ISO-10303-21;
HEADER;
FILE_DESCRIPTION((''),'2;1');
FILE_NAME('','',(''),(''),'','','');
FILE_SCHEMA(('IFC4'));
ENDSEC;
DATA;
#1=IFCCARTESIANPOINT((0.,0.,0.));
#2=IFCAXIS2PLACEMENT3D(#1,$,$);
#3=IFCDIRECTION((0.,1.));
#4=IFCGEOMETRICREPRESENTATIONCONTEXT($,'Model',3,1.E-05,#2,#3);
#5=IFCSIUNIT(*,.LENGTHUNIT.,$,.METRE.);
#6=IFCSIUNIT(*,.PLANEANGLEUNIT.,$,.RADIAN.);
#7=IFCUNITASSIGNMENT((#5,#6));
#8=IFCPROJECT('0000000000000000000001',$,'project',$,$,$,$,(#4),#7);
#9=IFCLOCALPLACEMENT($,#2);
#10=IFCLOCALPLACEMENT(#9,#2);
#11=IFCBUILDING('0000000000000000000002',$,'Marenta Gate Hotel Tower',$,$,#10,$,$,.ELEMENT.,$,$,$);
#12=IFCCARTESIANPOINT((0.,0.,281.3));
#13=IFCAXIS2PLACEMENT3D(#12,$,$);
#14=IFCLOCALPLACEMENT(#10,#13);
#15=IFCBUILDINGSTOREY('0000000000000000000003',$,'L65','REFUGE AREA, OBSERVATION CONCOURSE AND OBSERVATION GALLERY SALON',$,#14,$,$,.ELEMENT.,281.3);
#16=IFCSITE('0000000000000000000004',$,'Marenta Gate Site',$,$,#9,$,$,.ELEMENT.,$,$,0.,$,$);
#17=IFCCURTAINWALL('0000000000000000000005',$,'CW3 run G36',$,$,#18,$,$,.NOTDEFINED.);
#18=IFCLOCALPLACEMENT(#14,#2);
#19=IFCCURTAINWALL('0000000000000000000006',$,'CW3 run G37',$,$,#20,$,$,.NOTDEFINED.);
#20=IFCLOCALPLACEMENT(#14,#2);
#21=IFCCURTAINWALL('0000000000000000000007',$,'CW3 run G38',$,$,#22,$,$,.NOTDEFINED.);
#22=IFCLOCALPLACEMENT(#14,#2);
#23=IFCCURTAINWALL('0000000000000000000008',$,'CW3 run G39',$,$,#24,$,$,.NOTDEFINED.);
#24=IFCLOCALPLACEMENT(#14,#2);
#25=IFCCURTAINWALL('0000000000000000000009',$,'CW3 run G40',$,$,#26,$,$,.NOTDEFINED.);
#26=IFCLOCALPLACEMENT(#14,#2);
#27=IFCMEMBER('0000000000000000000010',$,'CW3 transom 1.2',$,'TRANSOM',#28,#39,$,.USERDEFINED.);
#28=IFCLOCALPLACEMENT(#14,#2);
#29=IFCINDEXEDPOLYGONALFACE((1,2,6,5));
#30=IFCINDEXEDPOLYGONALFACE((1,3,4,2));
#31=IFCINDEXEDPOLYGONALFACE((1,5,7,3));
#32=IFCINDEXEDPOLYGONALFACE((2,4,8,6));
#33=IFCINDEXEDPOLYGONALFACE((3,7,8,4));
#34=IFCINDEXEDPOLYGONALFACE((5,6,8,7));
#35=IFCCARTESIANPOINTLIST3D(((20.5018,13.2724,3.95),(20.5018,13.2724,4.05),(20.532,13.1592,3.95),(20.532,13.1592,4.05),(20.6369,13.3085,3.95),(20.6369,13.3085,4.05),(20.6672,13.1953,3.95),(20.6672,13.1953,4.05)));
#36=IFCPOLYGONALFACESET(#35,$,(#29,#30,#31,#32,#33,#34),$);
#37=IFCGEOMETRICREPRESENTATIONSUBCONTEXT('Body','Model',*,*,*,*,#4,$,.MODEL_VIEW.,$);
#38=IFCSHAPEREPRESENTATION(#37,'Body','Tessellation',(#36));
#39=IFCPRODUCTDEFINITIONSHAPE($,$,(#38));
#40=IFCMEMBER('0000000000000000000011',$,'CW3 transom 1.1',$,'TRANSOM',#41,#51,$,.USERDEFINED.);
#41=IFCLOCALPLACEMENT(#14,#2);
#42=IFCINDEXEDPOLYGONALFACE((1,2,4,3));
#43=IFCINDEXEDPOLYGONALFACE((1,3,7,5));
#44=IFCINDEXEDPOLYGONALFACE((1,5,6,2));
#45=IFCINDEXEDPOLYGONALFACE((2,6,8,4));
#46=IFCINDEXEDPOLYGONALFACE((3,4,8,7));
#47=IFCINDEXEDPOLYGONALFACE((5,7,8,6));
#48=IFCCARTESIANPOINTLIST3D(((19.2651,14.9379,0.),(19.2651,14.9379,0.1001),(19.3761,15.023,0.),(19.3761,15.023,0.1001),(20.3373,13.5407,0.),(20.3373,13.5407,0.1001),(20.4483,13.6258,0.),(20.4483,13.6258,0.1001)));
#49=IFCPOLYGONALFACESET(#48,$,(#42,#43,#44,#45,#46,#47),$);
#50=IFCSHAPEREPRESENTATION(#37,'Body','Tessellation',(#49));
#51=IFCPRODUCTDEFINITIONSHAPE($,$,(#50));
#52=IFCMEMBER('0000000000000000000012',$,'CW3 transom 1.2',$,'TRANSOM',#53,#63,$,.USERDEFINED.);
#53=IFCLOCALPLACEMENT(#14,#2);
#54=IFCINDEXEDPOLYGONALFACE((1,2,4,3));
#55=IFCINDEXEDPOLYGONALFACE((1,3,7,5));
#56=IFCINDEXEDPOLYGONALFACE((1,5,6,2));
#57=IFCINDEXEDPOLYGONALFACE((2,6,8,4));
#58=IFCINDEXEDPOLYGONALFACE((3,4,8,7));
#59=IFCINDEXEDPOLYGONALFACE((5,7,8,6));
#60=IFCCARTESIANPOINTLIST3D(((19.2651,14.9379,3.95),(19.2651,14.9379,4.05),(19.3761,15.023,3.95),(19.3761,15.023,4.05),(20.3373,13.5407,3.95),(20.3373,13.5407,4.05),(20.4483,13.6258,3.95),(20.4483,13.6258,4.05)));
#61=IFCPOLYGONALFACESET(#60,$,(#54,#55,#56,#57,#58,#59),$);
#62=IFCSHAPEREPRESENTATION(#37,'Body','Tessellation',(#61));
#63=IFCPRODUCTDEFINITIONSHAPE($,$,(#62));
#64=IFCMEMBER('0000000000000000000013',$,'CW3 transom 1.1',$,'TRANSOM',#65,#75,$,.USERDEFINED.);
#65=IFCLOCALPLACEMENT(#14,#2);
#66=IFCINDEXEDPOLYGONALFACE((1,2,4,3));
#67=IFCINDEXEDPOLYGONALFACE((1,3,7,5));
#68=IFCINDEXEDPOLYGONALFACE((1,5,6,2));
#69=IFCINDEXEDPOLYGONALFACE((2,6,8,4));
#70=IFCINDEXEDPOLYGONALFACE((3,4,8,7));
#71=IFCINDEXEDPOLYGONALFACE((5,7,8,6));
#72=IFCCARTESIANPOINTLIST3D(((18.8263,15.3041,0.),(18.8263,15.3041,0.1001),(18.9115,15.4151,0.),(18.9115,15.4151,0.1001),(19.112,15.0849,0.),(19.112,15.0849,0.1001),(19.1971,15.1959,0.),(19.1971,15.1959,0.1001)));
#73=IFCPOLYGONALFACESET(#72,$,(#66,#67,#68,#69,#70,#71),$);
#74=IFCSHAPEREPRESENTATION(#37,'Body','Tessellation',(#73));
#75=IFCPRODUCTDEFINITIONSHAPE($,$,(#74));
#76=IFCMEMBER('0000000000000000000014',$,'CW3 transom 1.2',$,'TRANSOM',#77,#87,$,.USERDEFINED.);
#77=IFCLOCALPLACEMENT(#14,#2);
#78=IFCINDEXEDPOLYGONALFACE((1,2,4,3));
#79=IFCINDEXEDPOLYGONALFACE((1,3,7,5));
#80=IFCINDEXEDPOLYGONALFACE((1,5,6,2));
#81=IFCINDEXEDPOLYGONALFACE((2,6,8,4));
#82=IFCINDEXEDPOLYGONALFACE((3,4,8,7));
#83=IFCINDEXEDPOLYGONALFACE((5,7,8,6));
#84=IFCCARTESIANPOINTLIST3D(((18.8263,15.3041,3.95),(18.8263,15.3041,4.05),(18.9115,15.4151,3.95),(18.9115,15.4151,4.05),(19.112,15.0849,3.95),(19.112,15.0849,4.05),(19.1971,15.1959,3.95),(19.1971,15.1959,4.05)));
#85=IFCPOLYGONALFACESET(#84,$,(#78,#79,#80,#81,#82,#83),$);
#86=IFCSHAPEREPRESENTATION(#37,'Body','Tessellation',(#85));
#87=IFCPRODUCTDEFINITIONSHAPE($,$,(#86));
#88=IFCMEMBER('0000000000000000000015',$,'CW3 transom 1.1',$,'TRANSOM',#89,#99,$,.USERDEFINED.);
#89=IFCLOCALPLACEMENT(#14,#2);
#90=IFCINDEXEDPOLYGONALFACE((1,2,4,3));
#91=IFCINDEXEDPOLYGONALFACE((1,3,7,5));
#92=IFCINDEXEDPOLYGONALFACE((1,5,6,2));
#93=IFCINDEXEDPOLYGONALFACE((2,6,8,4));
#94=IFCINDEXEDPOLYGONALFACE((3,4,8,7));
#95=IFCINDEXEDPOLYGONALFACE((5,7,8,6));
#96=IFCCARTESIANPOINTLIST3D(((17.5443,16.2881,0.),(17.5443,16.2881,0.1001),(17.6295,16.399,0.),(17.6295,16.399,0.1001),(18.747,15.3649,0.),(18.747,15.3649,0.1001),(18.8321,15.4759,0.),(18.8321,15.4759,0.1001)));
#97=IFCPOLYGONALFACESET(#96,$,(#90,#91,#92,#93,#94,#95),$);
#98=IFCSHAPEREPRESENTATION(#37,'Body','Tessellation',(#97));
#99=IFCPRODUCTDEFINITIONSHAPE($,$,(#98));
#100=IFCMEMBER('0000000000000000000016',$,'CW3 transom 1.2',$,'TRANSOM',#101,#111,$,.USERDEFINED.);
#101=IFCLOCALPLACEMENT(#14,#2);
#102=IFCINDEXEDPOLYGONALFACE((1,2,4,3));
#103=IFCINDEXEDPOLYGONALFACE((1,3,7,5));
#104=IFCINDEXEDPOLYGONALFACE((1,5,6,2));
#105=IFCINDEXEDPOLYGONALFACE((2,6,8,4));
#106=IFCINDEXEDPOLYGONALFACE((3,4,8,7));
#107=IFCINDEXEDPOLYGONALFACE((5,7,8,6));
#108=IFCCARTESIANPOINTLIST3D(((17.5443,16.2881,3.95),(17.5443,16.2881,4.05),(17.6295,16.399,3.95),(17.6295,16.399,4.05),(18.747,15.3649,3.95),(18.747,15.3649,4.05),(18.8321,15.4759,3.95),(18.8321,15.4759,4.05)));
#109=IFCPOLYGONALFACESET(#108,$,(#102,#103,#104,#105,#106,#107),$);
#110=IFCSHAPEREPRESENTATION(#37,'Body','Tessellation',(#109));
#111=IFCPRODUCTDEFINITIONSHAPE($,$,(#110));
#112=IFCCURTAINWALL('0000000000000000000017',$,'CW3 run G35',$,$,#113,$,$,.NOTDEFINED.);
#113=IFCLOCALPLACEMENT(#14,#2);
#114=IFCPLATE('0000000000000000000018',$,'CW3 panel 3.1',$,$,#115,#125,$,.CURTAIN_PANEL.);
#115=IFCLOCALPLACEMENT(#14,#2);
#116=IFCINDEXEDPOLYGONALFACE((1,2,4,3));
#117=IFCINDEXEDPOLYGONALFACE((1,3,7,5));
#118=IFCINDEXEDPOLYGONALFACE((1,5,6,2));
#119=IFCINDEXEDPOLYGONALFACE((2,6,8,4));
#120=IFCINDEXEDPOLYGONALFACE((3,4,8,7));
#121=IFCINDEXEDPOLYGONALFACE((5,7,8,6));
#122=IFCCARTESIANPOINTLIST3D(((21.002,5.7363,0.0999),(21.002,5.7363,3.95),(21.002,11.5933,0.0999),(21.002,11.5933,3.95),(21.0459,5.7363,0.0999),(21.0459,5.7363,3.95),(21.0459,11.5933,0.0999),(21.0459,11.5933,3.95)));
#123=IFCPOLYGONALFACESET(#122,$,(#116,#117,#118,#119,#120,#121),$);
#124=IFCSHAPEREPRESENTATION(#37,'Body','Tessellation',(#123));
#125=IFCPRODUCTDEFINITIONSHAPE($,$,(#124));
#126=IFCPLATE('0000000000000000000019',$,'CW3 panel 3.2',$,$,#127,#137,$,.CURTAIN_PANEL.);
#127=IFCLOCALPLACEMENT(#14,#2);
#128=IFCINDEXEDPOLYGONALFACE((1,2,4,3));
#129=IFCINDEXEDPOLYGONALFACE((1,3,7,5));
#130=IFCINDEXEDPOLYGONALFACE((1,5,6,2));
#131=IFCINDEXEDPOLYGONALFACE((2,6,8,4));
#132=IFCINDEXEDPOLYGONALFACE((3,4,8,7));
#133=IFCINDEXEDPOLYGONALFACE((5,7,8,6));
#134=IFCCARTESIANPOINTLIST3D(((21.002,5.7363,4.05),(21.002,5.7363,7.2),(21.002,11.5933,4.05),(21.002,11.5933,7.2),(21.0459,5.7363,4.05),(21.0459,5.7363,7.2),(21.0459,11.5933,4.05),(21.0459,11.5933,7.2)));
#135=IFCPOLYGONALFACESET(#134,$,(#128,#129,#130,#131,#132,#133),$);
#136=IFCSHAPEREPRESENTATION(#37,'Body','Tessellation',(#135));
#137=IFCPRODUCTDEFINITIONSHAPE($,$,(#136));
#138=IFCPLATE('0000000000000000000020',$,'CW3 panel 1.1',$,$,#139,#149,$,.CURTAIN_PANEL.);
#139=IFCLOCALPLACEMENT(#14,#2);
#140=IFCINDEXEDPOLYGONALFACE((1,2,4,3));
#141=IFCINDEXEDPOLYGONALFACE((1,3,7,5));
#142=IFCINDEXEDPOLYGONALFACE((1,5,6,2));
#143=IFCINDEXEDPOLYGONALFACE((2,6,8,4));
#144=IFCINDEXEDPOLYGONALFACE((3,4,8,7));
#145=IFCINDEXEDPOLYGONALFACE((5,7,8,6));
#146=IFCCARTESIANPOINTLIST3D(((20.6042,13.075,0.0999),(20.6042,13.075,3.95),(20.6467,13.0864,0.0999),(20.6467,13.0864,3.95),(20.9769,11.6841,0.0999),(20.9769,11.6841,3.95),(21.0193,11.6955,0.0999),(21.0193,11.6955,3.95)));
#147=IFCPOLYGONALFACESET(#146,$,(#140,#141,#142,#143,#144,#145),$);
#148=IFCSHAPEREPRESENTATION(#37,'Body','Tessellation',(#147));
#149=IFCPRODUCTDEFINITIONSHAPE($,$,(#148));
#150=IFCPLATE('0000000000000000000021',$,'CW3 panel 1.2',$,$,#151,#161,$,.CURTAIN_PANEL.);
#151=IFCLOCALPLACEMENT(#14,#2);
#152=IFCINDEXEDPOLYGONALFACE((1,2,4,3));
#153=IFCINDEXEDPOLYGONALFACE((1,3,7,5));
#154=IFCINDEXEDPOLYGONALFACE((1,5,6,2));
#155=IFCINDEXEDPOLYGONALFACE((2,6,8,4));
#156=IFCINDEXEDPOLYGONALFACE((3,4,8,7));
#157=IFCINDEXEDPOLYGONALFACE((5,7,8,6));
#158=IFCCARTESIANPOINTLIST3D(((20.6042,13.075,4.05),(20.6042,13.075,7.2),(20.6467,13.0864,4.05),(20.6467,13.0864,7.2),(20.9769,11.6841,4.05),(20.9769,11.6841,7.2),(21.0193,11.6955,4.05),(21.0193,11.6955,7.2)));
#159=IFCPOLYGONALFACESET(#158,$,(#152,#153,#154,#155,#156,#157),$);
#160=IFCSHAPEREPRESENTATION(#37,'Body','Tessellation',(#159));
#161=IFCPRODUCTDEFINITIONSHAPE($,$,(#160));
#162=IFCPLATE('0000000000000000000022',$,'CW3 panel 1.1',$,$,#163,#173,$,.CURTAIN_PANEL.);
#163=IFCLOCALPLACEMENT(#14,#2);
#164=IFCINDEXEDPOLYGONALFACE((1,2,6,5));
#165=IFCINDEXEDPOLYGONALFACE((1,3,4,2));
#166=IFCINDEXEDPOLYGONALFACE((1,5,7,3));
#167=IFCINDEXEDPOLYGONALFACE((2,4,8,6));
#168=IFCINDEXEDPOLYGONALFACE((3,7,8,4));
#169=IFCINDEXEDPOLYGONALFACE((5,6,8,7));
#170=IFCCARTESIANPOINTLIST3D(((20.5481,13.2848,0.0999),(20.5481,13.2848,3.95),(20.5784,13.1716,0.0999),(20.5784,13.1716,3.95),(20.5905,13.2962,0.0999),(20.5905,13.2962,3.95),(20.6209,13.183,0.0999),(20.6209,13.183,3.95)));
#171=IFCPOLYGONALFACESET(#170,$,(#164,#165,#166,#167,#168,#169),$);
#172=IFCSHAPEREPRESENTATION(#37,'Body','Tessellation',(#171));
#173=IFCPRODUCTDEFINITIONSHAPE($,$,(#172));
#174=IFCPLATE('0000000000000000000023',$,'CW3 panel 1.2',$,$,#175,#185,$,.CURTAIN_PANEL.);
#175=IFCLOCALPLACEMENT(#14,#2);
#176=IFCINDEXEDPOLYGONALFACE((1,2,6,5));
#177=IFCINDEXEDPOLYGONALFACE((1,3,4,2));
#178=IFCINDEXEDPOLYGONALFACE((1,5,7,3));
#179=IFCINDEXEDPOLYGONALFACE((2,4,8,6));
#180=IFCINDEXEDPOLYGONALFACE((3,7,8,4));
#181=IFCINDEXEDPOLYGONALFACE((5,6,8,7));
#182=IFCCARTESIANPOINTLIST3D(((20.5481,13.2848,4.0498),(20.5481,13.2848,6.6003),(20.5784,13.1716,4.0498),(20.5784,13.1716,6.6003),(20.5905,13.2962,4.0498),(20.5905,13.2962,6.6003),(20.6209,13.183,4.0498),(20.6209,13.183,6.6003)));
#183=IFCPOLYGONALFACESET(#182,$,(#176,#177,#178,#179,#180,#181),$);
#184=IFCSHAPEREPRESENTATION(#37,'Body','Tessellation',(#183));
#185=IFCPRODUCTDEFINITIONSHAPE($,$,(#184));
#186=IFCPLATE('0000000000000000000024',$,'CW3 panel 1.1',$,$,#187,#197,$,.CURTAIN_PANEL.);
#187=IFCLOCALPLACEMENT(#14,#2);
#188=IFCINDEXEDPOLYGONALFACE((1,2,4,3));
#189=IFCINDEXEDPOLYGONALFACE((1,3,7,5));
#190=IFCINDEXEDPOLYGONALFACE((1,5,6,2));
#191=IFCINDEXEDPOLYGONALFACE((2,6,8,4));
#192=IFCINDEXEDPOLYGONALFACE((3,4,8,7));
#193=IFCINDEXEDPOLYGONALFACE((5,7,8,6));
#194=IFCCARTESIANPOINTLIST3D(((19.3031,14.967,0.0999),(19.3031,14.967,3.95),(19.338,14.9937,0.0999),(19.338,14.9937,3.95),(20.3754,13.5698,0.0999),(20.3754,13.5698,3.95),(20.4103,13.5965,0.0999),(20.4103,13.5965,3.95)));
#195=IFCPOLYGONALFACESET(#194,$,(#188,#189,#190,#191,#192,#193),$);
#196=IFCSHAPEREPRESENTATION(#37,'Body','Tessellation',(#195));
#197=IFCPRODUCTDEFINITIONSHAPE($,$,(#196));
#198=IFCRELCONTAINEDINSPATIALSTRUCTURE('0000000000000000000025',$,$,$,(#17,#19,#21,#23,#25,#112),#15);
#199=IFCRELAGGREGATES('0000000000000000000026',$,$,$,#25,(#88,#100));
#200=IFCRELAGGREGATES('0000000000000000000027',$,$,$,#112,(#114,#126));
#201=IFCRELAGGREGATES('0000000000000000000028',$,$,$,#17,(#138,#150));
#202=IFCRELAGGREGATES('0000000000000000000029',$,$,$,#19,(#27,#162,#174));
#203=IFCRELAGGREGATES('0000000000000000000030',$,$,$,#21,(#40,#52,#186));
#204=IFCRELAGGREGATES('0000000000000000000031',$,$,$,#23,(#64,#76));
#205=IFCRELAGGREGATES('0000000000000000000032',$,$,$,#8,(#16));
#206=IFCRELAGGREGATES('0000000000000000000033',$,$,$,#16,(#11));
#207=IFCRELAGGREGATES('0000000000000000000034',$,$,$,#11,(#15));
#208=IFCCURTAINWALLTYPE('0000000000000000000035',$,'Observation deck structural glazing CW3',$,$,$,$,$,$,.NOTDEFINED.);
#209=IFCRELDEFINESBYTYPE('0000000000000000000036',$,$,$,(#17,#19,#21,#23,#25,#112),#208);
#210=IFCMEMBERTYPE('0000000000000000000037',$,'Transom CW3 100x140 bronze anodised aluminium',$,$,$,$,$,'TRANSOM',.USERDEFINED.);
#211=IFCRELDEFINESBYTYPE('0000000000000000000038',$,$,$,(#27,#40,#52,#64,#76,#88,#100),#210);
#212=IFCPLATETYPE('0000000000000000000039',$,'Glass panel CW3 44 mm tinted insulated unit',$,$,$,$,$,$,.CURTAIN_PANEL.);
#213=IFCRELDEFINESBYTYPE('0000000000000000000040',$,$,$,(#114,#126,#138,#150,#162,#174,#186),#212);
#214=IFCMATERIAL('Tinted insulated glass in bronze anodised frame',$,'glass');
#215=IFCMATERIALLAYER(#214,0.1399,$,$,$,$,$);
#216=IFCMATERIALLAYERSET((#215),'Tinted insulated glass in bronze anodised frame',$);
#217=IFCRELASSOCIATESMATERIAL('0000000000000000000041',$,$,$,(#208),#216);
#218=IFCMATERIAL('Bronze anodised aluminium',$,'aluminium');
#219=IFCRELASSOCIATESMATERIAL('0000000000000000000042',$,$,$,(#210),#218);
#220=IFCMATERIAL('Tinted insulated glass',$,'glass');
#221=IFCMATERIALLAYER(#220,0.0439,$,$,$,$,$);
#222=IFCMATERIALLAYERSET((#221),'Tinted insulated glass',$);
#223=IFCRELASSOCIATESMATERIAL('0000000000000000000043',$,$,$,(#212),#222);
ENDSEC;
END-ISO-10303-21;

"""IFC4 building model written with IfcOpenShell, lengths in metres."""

from ifc_helpers import new_model, si_unit, direction, frame, origin, origin_2d, place, context, subcontext, project, spatial, rectangle, extrude, material, layer, layer_set, material_profile, profile_set, type_object, element, aggregate, save


model = new_model("IFC4")

# Units and contexts
model_context = context("Model", 3, precision=1e-05, world=origin(), true_north=direction((0.0, 1.0)))
body_context = subcontext(model_context, "Body", "Model", "MODEL_VIEW")
ifc_project = project(units=[si_unit("LENGTHUNIT", "METRE"), si_unit("PLANEANGLEUNIT", "RADIAN")], contexts=[model_context])

# Site, building, storey
site_placement = place(None, origin())
site = spatial("IfcSite", under=ifc_project, at=site_placement, Name="Marenta Gate Site", CompositionType="ELEMENT", RefElevation=0.0)
building_placement = place(site_placement, origin())
building = spatial("IfcBuilding", under=site, at=building_placement, Name="Marenta Gate Hotel Tower", CompositionType="ELEMENT")
storey_placement = place(building_placement, frame((0.0, 0.0, 281.3)))
storey = spatial("IfcBuildingStorey", under=building, at=storey_placement, Name="L65", Description="REFUGE AREA, OBSERVATION CONCOURSE AND OBSERVATION GALLERY SALON", CompositionType="ELEMENT", Elevation=281.3)

# Curtain wall
ifc_material_1 = material(Name="Tinted insulated glass in bronze anodised frame", Category="glass")
ifc_layer_1 = layer(ifc_material_1, 0.1399)
ifc_layer_set_1 = layer_set([ifc_layer_1], Name="Tinted insulated glass in bronze anodised frame")
curtain_wall_type = type_object("IfcCurtainWallType", Name="Observation deck structural glazing CW3", PredefinedType="NOTDEFINED", material=ifc_layer_set_1)
curtain_wall_1_placement = place(storey_placement, origin())
curtain_wall_1 = element("IfcCurtainWall", 1, at=curtain_wall_1_placement, inside=storey, type_object=curtain_wall_type, Name="CW3 run G36", PredefinedType="NOTDEFINED")

# Curtain walls
curtain_wall_2_placement = place(storey_placement, origin())
curtain_wall_2 = element("IfcCurtainWall", 2, at=curtain_wall_2_placement, inside=storey, type_object=curtain_wall_type, Name="CW3 run G37", PredefinedType="NOTDEFINED")
curtain_wall_3_placement = place(storey_placement, origin())
curtain_wall_3 = element("IfcCurtainWall", 3, at=curtain_wall_3_placement, inside=storey, type_object=curtain_wall_type, Name="CW3 run G38", PredefinedType="NOTDEFINED")

# Curtain walls
curtain_wall_4_placement = place(storey_placement, origin())
curtain_wall_4 = element("IfcCurtainWall", 4, at=curtain_wall_4_placement, inside=storey, type_object=curtain_wall_type, Name="CW3 run G39", PredefinedType="NOTDEFINED")
curtain_wall_5_placement = place(storey_placement, origin())
curtain_wall_5 = element("IfcCurtainWall", 5, at=curtain_wall_5_placement, inside=storey, type_object=curtain_wall_type, Name="CW3 run G40", PredefinedType="NOTDEFINED")

# Members
ifc_material_2 = material(Name="Bronze anodised aluminium", Category="aluminium")
ifc_material_profile_1 = material_profile(ifc_material_2, rectangle(XDim=0.1399, YDim=0.1001, at=origin_2d()), Name="Transom CW3 100x140 bronze anodised aluminium")
ifc_profile_set_1 = profile_set([ifc_material_profile_1], Name="Bronze anodised aluminium")
member_type_1 = type_object("IfcMemberType", Name="Transom CW3 100x140 bronze anodised aluminium", ElementType="TRANSOM", PredefinedType="USERDEFINED", material=ifc_profile_set_1)
member_1_placement = place(storey_placement, frame((20.5996, 13.1772, 4.0), z_axis=(-0.258181, 0.966097, 0.0), x_axis=(-0.966097, -0.258181, 0.0)))
member_1 = element("IfcMember", 6, at=member_1_placement, type_object=member_type_1, Name="CW3 transom 1.2", ObjectType="TRANSOM", PredefinedType="USERDEFINED", context=body_context, shape_type="SweptSolid", body=[
    extrude(rectangle(XDim=0.1399, YDim=0.1001, at=origin_2d()), origin(), (0.0, 0.0, 1.0), 0.1172),
])
member_2_placement = place(storey_placement, frame((20.3928, 13.5833, 0.05), z_axis=(-0.608813, 0.793314, 0.0), x_axis=(-0.793314, -0.608813, 0.0)))
member_2 = element("IfcMember", 7, at=member_2_placement, type_object=member_type_1, Name="CW3 transom 1.1", ObjectType="TRANSOM", PredefinedType="USERDEFINED", context=body_context, shape_type="SweptSolid", body=[
    extrude(rectangle(XDim=0.1399, YDim=0.1001, at=origin_2d()), origin(), (0.0, 0.0, 1.0), 1.7612),
])
member_3_placement = place(storey_placement, frame((20.3928, 13.5833, 4.0), z_axis=(-0.608813, 0.793314, 0.0), x_axis=(-0.793314, -0.608813, 0.0)))
member_3 = element("IfcMember", 8, at=member_3_placement, type_object=member_type_1, Name="CW3 transom 1.2", ObjectType="TRANSOM", PredefinedType="USERDEFINED", context=body_context, shape_type="SweptSolid", body=[
    extrude(rectangle(XDim=0.1399, YDim=0.1001, at=origin_2d()), origin(), (0.0, 0.0, 1.0), 1.7612),
])
member_4_placement = place(storey_placement, frame((19.1545, 15.1404, 0.05), z_axis=(-0.793279, 0.608858, 0.0), x_axis=(-0.608858, -0.793279, 0.0)))
member_4 = element("IfcMember", 9, at=member_4_placement, type_object=member_type_1, Name="CW3 transom 1.1", ObjectType="TRANSOM", PredefinedType="USERDEFINED", context=body_context, shape_type="SweptSolid", body=[
    extrude(rectangle(XDim=0.1399, YDim=0.1001, at=origin_2d()), origin(), (0.0, 0.0, 1.0), 0.3601),
])
member_5_placement = place(storey_placement, frame((19.1545, 15.1404, 4.0), z_axis=(-0.793279, 0.608858, 0.0), x_axis=(-0.608858, -0.793279, 0.0)))
member_5 = element("IfcMember", 10, at=member_5_placement, type_object=member_type_1, Name="CW3 transom 1.2", ObjectType="TRANSOM", PredefinedType="USERDEFINED", context=body_context, shape_type="SweptSolid", body=[
    extrude(rectangle(XDim=0.1399, YDim=0.1001, at=origin_2d()), origin(), (0.0, 0.0, 1.0), 0.3601),
])
member_6_placement = place(storey_placement, frame((18.7896, 15.4204, 0.05), z_axis=(-0.793264, 0.608878, 0.0), x_axis=(-0.608878, -0.793264, 0.0)))
member_6 = element("IfcMember", 11, at=member_6_placement, type_object=member_type_1, Name="CW3 transom 1.1", ObjectType="TRANSOM", PredefinedType="USERDEFINED", context=body_context, shape_type="SweptSolid", body=[
    extrude(rectangle(XDim=0.1399, YDim=0.1001, at=origin_2d()), origin(), (0.0, 0.0, 1.0), 1.5161),
])
member_7_placement = place(storey_placement, frame((18.7896, 15.4204, 4.0), z_axis=(-0.793264, 0.608878, 0.0), x_axis=(-0.608878, -0.793264, 0.0)))
member_7 = element("IfcMember", 12, at=member_7_placement, type_object=member_type_1, Name="CW3 transom 1.2", ObjectType="TRANSOM", PredefinedType="USERDEFINED", context=body_context, shape_type="SweptSolid", body=[
    extrude(rectangle(XDim=0.1399, YDim=0.1001, at=origin_2d()), origin(), (0.0, 0.0, 1.0), 1.5161),
])
aggregate(curtain_wall_5, [member_6, member_7])

# Curtain wall, plates
curtain_wall_6_placement = place(storey_placement, origin())
curtain_wall_6 = element("IfcCurtainWall", 13, at=curtain_wall_6_placement, inside=storey, type_object=curtain_wall_type, Name="CW3 run G35", PredefinedType="NOTDEFINED")
ifc_material_3 = material(Name="Tinted insulated glass", Category="glass")
ifc_layer_2 = layer(ifc_material_3, 0.0439)
ifc_layer_set_2 = layer_set([ifc_layer_2], Name="Tinted insulated glass")
plate_type = type_object("IfcPlateType", Name="Glass panel CW3 44 mm tinted insulated unit", PredefinedType="CURTAIN_PANEL", material=ifc_layer_set_2)
plate_1_placement = place(storey_placement, frame((21.0239, 8.6648, 0.0999), z_axis=(0.0, 0.0, 1.0), x_axis=(0.0, 1.0, 0.0)))
plate_1 = element("IfcPlate", 14, at=plate_1_placement, type_object=plate_type, Name="CW3 panel 3.1", PredefinedType="CURTAIN_PANEL", context=body_context, shape_type="SweptSolid", body=[
    extrude(rectangle(XDim=5.8569, YDim=0.0439, at=origin_2d()), origin(), (0.0, 0.0, 1.0), 3.8501),
])
plate_2_placement = place(storey_placement, frame((21.0239, 8.6648, 4.05), z_axis=(0.0, 0.0, 1.0), x_axis=(0.0, 1.0, 0.0)))
plate_2 = element("IfcPlate", 15, at=plate_2_placement, type_object=plate_type, Name="CW3 panel 3.2", PredefinedType="CURTAIN_PANEL", context=body_context, shape_type="SweptSolid", body=[
    extrude(rectangle(XDim=5.8569, YDim=0.0439, at=origin_2d()), origin(), (0.0, 0.0, 1.0), 3.1499),
])
aggregate(curtain_wall_6, [plate_1, plate_2])

# Plates
plate_3_placement = place(storey_placement, frame((20.8118, 12.3853, 0.0999), z_axis=(0.0, 0.0, 1.0), x_axis=(-0.258774, 0.965938, 0.0)))
plate_3 = element("IfcPlate", 16, at=plate_3_placement, type_object=plate_type, Name="CW3 panel 1.1", PredefinedType="CURTAIN_PANEL", context=body_context, shape_type="SweptSolid", body=[
    extrude(rectangle(XDim=1.4399, YDim=0.0439, at=origin_2d()), origin(), (0.0, 0.0, 1.0), 3.8501),
])
plate_4_placement = place(storey_placement, frame((20.8118, 12.3853, 4.05), z_axis=(0.0, 0.0, 1.0), x_axis=(-0.258774, 0.965938, 0.0)))
plate_4 = element("IfcPlate", 17, at=plate_4_placement, type_object=plate_type, Name="CW3 panel 1.2", PredefinedType="CURTAIN_PANEL", context=body_context, shape_type="SweptSolid", body=[
    extrude(rectangle(XDim=1.4399, YDim=0.0439, at=origin_2d()), origin(), (0.0, 0.0, 1.0), 3.1499),
])
aggregate(curtain_wall_1, [plate_3, plate_4])
plate_5_placement = place(storey_placement, frame((20.5845, 13.2339, 0.0999), z_axis=(0.0, 0.0, 1.0), x_axis=(-0.258899, 0.965904, 0.0)))
plate_5 = element("IfcPlate", 18, at=plate_5_placement, type_object=plate_type, Name="CW3 panel 1.1", PredefinedType="CURTAIN_PANEL", context=body_context, shape_type="SweptSolid", body=[
    extrude(rectangle(XDim=0.1172, YDim=0.0439, at=origin_2d()), origin(), (0.0, 0.0, 1.0), 3.8501),
])
plate_6_placement = place(storey_placement, frame((20.5845, 13.2339, 4.0498), z_axis=(0.0, 0.0, 1.0), x_axis=(-0.258899, 0.965904, 0.0)))
plate_6 = element("IfcPlate", 19, at=plate_6_placement, type_object=plate_type, Name="CW3 panel 1.2", PredefinedType="CURTAIN_PANEL", context=body_context, shape_type="SweptSolid", body=[
    extrude(rectangle(XDim=0.1172, YDim=0.0439, at=origin_2d()), origin(), (0.0, 0.0, 1.0), 2.5505),
])
aggregate(curtain_wall_2, [member_1, plate_5, plate_6])
plate_7_placement = place(storey_placement, frame((19.8567, 14.2817, 0.0999), z_axis=(0.0, 0.0, 1.0), x_axis=(-0.608831, 0.7933, 0.0)))
plate_7 = element("IfcPlate", 20, at=plate_7_placement, type_object=plate_type, Name="CW3 panel 1.1", PredefinedType="CURTAIN_PANEL", context=body_context, shape_type="SweptSolid", body=[
    extrude(rectangle(XDim=1.7612, YDim=0.0439, at=origin_2d()), origin(), (0.0, 0.0, 1.0), 3.8501),
])
aggregate(curtain_wall_3, [member_2, member_3, plate_7])
aggregate(curtain_wall_4, [member_4, member_5])

save(model, "model.ifc")
